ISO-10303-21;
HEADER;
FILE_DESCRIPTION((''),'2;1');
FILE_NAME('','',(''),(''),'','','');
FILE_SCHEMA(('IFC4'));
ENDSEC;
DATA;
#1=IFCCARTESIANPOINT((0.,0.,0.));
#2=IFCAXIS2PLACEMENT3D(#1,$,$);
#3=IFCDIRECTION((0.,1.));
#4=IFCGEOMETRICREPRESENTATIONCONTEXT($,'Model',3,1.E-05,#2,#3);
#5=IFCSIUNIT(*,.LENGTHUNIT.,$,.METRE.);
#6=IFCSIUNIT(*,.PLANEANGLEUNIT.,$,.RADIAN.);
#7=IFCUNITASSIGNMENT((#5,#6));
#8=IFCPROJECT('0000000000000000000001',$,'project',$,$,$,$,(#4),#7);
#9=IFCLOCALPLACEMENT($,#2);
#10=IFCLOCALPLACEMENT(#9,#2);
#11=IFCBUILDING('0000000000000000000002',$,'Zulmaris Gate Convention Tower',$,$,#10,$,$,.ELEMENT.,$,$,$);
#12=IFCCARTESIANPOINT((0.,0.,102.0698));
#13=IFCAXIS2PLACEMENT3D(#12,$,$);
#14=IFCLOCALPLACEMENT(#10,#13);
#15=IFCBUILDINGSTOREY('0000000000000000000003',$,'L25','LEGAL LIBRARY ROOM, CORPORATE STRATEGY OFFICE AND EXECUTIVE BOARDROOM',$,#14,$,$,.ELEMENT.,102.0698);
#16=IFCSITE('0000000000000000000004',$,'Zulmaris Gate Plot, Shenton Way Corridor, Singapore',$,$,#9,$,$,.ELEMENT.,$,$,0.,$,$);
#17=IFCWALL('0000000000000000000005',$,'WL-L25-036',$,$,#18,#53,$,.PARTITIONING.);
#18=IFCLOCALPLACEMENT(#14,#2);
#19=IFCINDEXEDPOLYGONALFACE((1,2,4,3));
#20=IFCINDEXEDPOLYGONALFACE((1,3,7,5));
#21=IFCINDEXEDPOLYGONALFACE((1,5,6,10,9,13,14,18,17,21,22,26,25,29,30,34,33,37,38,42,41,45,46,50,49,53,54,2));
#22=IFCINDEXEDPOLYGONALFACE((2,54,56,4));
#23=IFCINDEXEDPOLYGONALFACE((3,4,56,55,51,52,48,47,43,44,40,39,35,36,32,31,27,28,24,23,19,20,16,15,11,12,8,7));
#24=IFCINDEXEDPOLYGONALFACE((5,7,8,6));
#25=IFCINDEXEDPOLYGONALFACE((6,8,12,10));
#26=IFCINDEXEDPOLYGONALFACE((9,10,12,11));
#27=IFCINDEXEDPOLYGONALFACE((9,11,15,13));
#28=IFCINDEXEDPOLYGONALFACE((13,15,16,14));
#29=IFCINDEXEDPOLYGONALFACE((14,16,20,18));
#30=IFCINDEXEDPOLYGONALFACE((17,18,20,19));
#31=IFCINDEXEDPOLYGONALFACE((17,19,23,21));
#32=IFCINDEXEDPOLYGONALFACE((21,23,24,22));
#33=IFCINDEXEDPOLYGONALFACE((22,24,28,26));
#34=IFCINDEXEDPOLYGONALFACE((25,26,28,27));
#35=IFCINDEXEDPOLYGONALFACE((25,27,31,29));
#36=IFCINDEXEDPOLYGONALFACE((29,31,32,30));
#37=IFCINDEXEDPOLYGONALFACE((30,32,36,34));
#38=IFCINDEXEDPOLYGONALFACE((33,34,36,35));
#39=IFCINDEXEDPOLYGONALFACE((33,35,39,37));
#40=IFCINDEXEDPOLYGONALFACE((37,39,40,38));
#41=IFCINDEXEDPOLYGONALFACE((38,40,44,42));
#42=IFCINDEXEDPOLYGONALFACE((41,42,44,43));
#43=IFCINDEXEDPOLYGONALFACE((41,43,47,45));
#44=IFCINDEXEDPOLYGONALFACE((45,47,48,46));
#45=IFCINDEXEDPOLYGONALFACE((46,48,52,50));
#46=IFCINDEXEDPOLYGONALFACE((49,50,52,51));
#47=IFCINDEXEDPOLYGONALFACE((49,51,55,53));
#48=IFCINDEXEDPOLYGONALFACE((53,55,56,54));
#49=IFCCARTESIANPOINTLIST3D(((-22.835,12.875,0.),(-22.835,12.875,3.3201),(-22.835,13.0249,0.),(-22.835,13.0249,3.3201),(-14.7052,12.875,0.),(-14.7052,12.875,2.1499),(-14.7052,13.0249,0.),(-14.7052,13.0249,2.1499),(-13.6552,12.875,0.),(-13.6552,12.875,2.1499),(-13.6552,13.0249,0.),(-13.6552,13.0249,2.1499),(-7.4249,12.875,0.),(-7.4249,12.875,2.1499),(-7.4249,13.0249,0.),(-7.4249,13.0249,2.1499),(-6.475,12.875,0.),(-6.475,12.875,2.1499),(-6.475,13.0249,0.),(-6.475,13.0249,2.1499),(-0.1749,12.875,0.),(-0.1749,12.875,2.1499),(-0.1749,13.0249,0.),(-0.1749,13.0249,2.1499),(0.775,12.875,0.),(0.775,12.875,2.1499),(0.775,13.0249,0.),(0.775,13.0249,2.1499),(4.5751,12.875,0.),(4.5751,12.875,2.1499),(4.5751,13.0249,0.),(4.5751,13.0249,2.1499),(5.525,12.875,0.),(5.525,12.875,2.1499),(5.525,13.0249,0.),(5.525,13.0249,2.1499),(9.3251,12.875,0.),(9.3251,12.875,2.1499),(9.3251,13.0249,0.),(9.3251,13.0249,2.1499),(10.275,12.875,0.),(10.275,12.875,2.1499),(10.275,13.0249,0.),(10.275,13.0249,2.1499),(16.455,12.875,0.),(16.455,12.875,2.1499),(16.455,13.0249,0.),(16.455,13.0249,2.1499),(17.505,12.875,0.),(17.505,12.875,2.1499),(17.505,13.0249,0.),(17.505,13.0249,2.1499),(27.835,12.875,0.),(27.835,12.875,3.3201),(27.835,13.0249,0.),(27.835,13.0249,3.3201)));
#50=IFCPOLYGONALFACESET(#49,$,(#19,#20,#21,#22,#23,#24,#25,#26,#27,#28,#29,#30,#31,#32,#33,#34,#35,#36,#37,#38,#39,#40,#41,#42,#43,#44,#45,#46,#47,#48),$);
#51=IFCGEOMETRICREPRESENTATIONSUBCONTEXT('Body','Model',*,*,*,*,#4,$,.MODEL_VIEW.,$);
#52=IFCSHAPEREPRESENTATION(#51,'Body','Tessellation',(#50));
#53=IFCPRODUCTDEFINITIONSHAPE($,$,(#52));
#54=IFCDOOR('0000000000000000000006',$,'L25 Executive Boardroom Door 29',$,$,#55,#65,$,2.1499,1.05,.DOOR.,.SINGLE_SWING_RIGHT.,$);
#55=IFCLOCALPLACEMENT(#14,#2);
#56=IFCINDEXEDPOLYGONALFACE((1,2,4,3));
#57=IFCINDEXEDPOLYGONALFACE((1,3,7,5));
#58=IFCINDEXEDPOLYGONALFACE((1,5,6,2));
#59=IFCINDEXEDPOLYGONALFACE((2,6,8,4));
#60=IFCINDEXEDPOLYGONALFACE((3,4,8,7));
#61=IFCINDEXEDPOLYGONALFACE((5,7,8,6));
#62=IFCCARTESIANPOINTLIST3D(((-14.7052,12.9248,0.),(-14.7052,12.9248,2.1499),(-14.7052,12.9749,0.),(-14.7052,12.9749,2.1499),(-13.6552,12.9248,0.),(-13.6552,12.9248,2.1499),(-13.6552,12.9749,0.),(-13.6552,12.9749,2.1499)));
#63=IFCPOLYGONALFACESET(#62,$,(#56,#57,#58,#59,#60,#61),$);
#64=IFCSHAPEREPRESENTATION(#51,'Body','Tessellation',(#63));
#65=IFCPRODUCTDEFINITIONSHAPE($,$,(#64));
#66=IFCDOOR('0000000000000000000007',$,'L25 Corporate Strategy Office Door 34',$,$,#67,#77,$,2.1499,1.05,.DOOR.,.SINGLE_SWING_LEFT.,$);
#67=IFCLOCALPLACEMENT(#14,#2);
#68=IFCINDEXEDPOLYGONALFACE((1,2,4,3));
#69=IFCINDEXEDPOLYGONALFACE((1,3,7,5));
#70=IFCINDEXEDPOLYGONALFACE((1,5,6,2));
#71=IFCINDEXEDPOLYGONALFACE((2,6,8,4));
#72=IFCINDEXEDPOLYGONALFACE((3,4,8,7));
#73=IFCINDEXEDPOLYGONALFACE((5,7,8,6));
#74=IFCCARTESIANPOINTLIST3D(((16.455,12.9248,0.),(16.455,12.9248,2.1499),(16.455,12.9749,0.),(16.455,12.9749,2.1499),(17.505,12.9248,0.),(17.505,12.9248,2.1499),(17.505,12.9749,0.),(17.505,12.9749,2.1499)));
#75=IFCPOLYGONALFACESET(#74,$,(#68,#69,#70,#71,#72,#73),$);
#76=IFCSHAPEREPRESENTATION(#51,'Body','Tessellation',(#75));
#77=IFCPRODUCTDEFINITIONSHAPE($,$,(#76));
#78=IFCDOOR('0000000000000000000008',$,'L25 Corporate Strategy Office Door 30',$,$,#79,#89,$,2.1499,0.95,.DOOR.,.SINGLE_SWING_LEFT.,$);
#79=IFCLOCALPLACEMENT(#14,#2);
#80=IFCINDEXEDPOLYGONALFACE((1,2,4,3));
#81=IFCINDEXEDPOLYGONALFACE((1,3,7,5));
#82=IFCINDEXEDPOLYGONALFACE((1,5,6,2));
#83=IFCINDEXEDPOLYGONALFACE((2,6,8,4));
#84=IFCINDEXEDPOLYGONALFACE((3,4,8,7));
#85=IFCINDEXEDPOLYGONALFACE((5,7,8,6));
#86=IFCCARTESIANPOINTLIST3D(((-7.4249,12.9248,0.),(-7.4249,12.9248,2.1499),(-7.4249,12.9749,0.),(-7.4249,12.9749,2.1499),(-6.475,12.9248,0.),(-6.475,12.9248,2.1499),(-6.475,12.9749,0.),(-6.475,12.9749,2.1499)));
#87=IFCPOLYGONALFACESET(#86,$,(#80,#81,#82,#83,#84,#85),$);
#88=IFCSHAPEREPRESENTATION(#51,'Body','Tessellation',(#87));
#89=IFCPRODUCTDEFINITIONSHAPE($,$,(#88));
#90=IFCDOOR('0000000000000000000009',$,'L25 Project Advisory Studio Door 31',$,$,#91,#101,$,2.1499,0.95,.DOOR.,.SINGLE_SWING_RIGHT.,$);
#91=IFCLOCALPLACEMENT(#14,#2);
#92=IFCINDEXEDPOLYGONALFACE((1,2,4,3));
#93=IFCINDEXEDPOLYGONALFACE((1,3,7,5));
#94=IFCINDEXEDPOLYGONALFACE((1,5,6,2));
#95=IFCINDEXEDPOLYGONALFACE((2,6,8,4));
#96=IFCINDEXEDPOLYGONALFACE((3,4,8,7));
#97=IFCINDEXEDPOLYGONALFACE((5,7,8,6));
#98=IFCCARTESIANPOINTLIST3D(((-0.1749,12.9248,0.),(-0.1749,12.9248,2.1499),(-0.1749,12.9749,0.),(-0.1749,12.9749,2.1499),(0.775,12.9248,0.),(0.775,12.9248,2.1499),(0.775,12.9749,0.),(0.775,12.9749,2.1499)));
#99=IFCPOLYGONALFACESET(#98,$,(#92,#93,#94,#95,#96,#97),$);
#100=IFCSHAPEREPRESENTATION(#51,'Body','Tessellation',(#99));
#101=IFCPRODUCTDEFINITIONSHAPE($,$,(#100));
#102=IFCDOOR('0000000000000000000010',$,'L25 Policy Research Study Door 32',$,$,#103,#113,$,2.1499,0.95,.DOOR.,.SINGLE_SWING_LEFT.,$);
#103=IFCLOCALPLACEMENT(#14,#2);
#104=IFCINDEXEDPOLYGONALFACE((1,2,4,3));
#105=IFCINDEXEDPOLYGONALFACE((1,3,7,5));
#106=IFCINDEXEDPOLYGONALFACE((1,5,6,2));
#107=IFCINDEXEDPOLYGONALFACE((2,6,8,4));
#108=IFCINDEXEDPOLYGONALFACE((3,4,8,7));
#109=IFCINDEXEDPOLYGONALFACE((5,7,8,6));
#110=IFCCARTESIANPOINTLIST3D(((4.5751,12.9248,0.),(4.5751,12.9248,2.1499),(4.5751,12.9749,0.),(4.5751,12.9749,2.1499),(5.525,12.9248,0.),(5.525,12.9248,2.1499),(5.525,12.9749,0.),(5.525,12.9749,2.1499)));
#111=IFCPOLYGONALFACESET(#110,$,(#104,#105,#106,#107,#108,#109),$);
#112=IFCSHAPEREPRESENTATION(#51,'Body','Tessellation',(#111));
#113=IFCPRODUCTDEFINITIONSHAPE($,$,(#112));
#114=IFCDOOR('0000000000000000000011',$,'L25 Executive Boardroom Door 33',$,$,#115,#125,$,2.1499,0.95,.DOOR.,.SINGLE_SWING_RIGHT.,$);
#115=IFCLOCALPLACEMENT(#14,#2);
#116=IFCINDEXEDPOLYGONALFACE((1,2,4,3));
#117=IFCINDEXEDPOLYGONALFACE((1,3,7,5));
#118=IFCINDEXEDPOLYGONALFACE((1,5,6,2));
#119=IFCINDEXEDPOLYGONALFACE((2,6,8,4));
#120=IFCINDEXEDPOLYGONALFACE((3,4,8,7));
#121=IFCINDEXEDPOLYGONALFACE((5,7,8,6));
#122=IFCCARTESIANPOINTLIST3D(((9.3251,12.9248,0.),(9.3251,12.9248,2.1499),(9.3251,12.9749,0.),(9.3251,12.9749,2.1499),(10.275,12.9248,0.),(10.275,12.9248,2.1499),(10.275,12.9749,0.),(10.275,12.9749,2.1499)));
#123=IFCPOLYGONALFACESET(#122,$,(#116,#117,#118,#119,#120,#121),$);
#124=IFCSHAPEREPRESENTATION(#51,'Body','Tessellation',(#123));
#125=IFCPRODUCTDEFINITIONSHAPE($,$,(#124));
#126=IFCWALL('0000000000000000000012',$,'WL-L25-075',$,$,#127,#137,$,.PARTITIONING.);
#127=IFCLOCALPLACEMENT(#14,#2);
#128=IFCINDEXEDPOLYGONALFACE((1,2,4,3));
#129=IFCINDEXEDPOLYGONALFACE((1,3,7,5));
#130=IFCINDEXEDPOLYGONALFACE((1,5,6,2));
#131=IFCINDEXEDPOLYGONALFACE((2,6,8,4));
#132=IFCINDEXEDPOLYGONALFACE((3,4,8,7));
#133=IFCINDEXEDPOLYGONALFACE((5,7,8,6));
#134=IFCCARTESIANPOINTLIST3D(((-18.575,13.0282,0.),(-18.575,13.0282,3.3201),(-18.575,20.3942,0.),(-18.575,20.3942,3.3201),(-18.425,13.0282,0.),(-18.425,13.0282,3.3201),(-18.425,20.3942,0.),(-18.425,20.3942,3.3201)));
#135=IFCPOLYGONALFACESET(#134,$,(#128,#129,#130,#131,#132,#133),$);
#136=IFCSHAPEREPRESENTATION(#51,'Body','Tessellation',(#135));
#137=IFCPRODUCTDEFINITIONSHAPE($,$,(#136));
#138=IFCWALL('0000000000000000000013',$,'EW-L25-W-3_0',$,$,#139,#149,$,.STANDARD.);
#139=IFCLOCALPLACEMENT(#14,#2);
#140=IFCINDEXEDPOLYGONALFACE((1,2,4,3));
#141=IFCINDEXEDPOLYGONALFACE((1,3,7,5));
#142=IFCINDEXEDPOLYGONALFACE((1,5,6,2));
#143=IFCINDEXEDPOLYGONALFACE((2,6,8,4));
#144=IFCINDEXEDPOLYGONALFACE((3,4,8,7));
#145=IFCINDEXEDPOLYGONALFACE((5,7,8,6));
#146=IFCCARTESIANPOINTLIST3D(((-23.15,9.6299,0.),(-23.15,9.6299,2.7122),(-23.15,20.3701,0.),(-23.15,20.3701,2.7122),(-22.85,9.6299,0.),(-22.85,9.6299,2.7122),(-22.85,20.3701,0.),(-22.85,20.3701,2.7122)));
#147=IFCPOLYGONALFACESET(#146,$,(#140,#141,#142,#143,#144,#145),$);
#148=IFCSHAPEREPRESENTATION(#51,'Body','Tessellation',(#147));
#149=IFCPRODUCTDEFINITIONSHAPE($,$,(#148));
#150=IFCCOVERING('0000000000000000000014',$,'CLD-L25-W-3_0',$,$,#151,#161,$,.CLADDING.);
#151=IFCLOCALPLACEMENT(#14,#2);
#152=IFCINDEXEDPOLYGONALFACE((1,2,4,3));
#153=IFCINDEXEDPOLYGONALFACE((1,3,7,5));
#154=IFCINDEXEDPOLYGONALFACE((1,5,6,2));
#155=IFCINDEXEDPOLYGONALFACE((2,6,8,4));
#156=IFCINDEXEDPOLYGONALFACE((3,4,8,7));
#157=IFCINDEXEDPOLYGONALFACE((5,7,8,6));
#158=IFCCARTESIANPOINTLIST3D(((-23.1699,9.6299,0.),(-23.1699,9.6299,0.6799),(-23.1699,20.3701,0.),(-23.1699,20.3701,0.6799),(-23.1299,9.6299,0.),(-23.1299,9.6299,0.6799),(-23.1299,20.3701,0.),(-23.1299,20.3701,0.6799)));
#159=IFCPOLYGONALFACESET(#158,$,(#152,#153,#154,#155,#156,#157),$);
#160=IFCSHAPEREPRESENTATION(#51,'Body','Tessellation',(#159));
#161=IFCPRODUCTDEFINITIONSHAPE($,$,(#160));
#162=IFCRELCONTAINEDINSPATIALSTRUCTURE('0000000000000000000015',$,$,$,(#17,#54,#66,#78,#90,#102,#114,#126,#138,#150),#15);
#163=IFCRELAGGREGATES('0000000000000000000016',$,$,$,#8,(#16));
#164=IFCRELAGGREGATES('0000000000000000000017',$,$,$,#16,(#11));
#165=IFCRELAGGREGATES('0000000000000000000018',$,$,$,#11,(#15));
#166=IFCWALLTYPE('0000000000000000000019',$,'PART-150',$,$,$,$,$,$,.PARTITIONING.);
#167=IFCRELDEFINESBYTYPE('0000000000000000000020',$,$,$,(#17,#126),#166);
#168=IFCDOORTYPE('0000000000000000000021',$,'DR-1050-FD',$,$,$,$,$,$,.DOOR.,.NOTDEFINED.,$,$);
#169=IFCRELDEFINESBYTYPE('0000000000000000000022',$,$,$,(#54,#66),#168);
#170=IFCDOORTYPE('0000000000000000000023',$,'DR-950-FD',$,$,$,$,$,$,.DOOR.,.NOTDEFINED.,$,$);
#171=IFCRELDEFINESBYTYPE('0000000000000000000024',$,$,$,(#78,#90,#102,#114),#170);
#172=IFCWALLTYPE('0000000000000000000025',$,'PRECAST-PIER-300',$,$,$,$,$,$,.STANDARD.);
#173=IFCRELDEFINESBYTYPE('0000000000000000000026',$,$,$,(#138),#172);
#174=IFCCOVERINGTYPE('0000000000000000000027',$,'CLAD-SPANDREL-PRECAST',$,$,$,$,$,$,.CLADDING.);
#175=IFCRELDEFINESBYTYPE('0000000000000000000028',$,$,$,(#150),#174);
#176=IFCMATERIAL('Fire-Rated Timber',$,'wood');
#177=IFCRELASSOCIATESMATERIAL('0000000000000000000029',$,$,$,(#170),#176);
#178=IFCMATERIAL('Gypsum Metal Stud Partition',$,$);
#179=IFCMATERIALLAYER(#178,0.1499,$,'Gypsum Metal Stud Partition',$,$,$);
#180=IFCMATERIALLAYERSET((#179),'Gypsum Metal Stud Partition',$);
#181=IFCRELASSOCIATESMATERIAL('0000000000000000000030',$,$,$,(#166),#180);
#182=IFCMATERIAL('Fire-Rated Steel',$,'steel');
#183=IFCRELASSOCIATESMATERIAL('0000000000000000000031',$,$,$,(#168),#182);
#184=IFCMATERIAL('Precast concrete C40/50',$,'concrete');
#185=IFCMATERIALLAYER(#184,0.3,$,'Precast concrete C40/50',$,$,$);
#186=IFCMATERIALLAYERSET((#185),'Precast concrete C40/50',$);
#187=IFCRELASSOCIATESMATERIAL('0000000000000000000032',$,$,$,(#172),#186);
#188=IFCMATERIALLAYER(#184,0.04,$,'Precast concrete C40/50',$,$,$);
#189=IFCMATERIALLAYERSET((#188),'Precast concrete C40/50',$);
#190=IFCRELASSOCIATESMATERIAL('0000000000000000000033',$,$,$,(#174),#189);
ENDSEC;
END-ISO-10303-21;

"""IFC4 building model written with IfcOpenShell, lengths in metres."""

from ifc_helpers import new_model, si_unit, direction, frame, frame_2d, origin, place, context, subcontext, project, spatial, rectangle, extrude, material, layer, layer_set, type_object, element, fill, save


model = new_model("IFC4")

# Units and contexts
model_context = context("Model", 3, precision=1e-05, world=origin(), true_north=direction((0.0, 1.0)))
body_context = subcontext(model_context, "Body", "Model", "MODEL_VIEW")
ifc_project = project(units=[si_unit("LENGTHUNIT", "METRE"), si_unit("PLANEANGLEUNIT", "RADIAN")], contexts=[model_context])

# Site, building, storey
site_placement = place(None, origin())
site = spatial("IfcSite", under=ifc_project, at=site_placement, Name="Zulmaris Gate Plot, Shenton Way Corridor, Singapore", CompositionType="ELEMENT", RefElevation=0.0)
building_placement = place(site_placement, origin())
building = spatial("IfcBuilding", under=site, at=building_placement, Name="Zulmaris Gate Convention Tower", CompositionType="ELEMENT")
storey_placement = place(building_placement, frame((0.0, 0.0, 102.0698)))
storey = spatial("IfcBuildingStorey", under=building, at=storey_placement, Name="L25", Description="LEGAL LIBRARY ROOM, CORPORATE STRATEGY OFFICE AND EXECUTIVE BOARDROOM", CompositionType="ELEMENT", Elevation=102.0698)

# Shared definitions
ifc_material_1 = material(Name="Fire-Rated Timber", Category="wood")
door_type_1 = type_object("IfcDoorType", Name="DR-950-FD", OperationType="NOTDEFINED", PredefinedType="DOOR", material=ifc_material_1)

# Shared definitions
ifc_material_2 = material(Name="Gypsum Metal Stud Partition")
ifc_layer_1 = layer(ifc_material_2, 0.1499, Name="Gypsum Metal Stud Partition")
ifc_layer_set_1 = layer_set([ifc_layer_1], Name="Gypsum Metal Stud Partition")
wall_type_1 = type_object("IfcWallType", Name="PART-150", PredefinedType="PARTITIONING", material=ifc_layer_set_1)

# Wall, openings, doors
wall_1_placement = place(storey_placement, frame((-22.835, 12.95, 0.0), z_axis=(0.0, 0.0, 1.0), x_axis=(1.0, 0.0, 0.0)))
wall_1 = element("IfcWall", 1, at=wall_1_placement, inside=storey, type_object=wall_type_1, Name="WL-L25-036", PredefinedType="PARTITIONING", context=body_context, shape_type="SweptSolid", body=[
    extrude(rectangle(XDim=50.6699, YDim=0.1499, at=frame_2d((25.335, 0.0))), origin(), (0.0, 0.0, 1.0), 3.3201),
])
opening_1_placement = place(wall_1_placement, frame((8.1299, 0.0, 0.0)))
opening_1 = element("IfcOpeningElement", 2, at=opening_1_placement, cuts=wall_1, PredefinedType="OPENING", context=body_context, shape_type="SweptSolid", body=[
    extrude(rectangle(XDim=1.05, YDim=2.1499, at=frame_2d((0.5249, 1.075))), frame((0.0, 0.085, 0.0), z_axis=(0.0, -1.0, 0.0), x_axis=(1.0, 0.0, 0.0)), (0.0, 0.0, 1.0), 0.1699),
])
opening_2_placement = place(wall_1_placement, frame((15.4099, 0.0, 0.0)))
opening_2 = element("IfcOpeningElement", 3, at=opening_2_placement, cuts=wall_1, PredefinedType="OPENING", context=body_context, shape_type="SweptSolid", body=[
    extrude(rectangle(XDim=0.95, YDim=2.1499, at=frame_2d((0.4751, 1.075))), frame((0.0, 0.085, 0.0), z_axis=(0.0, -1.0, 0.0), x_axis=(1.0, 0.0, 0.0)), (0.0, 0.0, 1.0), 0.1699),
])
opening_3_placement = place(wall_1_placement, frame((22.6599, 0.0, 0.0)))
opening_3 = element("IfcOpeningElement", 4, at=opening_3_placement, cuts=wall_1, PredefinedType="OPENING", context=body_context, shape_type="SweptSolid", body=[
    extrude(rectangle(XDim=0.95, YDim=2.1499, at=frame_2d((0.4751, 1.075))), frame((0.0, 0.085, 0.0), z_axis=(0.0, -1.0, 0.0), x_axis=(1.0, 0.0, 0.0)), (0.0, 0.0, 1.0), 0.1699),
])
opening_4_placement = place(wall_1_placement, frame((27.4099, 0.0, 0.0)))
opening_4 = element("IfcOpeningElement", 5, at=opening_4_placement, cuts=wall_1, PredefinedType="OPENING", context=body_context, shape_type="SweptSolid", body=[
    extrude(rectangle(XDim=0.95, YDim=2.1499, at=frame_2d((0.4751, 1.075))), frame((0.0, 0.085, 0.0), z_axis=(0.0, -1.0, 0.0), x_axis=(1.0, 0.0, 0.0)), (0.0, 0.0, 1.0), 0.1699),
])
opening_5_placement = place(wall_1_placement, frame((32.1599, 0.0, 0.0)))
opening_5 = element("IfcOpeningElement", 6, at=opening_5_placement, cuts=wall_1, PredefinedType="OPENING", context=body_context, shape_type="SweptSolid", body=[
    extrude(rectangle(XDim=0.95, YDim=2.1499, at=frame_2d((0.4751, 1.075))), frame((0.0, 0.085, 0.0), z_axis=(0.0, -1.0, 0.0), x_axis=(1.0, 0.0, 0.0)), (0.0, 0.0, 1.0), 0.1699),
])
opening_6_placement = place(wall_1_placement, frame((39.29, 0.0, 0.0)))
opening_6 = element("IfcOpeningElement", 7, at=opening_6_placement, cuts=wall_1, PredefinedType="OPENING", context=body_context, shape_type="SweptSolid", body=[
    extrude(rectangle(XDim=1.05, YDim=2.1499, at=frame_2d((0.5249, 1.075))), frame((0.0, 0.085, 0.0), z_axis=(0.0, -1.0, 0.0), x_axis=(1.0, 0.0, 0.0)), (0.0, 0.0, 1.0), 0.1699),
])
ifc_material_3 = material(Name="Fire-Rated Steel", Category="steel")
door_type_2 = type_object("IfcDoorType", Name="DR-1050-FD", OperationType="NOTDEFINED", PredefinedType="DOOR", material=ifc_material_3)
door_1_placement = place(opening_1_placement, origin())
door_1 = element("IfcDoor", 8, at=door_1_placement, inside=storey, type_object=door_type_2, Name="L25 Executive Boardroom Door 29", OperationType="SINGLE_SWING_RIGHT", OverallHeight=2.1499, OverallWidth=1.05, PredefinedType="DOOR", context=body_context, shape_type="SweptSolid", body=[
    extrude(rectangle(XDim=1.05, YDim=2.1499, at=frame_2d((0.5249, 1.075))), frame((0.0, 0.0249, 0.0), z_axis=(0.0, -1.0, 0.0), x_axis=(1.0, 0.0, 0.0)), (0.0, 0.0, 1.0), 0.05),
])
fill(opening_1, door_1)
door_2_placement = place(opening_6_placement, origin())
door_2 = element("IfcDoor", 9, at=door_2_placement, inside=storey, type_object=door_type_2, Name="L25 Corporate Strategy Office Door 34", OperationType="SINGLE_SWING_LEFT", OverallHeight=2.1499, OverallWidth=1.05, PredefinedType="DOOR", context=body_context, shape_type="SweptSolid", body=[
    extrude(rectangle(XDim=1.05, YDim=2.1499, at=frame_2d((0.5249, 1.075))), frame((0.0, 0.0249, 0.0), z_axis=(0.0, -1.0, 0.0), x_axis=(1.0, 0.0, 0.0)), (0.0, 0.0, 1.0), 0.05),
])
fill(opening_6, door_2)
door_3_placement = place(opening_2_placement, origin())
door_3 = element("IfcDoor", 10, at=door_3_placement, inside=storey, type_object=door_type_1, Name="L25 Corporate Strategy Office Door 30", OperationType="SINGLE_SWING_LEFT", OverallHeight=2.1499, OverallWidth=0.95, PredefinedType="DOOR", context=body_context, shape_type="SweptSolid", body=[
    extrude(rectangle(XDim=0.95, YDim=2.1499, at=frame_2d((0.4751, 1.075))), frame((0.0, 0.0249, 0.0), z_axis=(0.0, -1.0, 0.0), x_axis=(1.0, 0.0, 0.0)), (0.0, 0.0, 1.0), 0.05),
])
fill(opening_2, door_3)
door_4_placement = place(opening_3_placement, origin())
door_4 = element("IfcDoor", 11, at=door_4_placement, inside=storey, type_object=door_type_1, Name="L25 Project Advisory Studio Door 31", OperationType="SINGLE_SWING_RIGHT", OverallHeight=2.1499, OverallWidth=0.95, PredefinedType="DOOR", context=body_context, shape_type="SweptSolid", body=[
    extrude(rectangle(XDim=0.95, YDim=2.1499, at=frame_2d((0.4751, 1.075))), frame((0.0, 0.0249, 0.0), z_axis=(0.0, -1.0, 0.0), x_axis=(1.0, 0.0, 0.0)), (0.0, 0.0, 1.0), 0.05),
])
fill(opening_3, door_4)
door_5_placement = place(opening_4_placement, origin())
door_5 = element("IfcDoor", 12, at=door_5_placement, inside=storey, type_object=door_type_1, Name="L25 Policy Research Study Door 32", OperationType="SINGLE_SWING_LEFT", OverallHeight=2.1499, OverallWidth=0.95, PredefinedType="DOOR", context=body_context, shape_type="SweptSolid", body=[
    extrude(rectangle(XDim=0.95, YDim=2.1499, at=frame_2d((0.4751, 1.075))), frame((0.0, 0.0249, 0.0), z_axis=(0.0, -1.0, 0.0), x_axis=(1.0, 0.0, 0.0)), (0.0, 0.0, 1.0), 0.05),
])
fill(opening_4, door_5)
door_6_placement = place(opening_5_placement, origin())
door_6 = element("IfcDoor", 13, at=door_6_placement, inside=storey, type_object=door_type_1, Name="L25 Executive Boardroom Door 33", OperationType="SINGLE_SWING_RIGHT", OverallHeight=2.1499, OverallWidth=0.95, PredefinedType="DOOR", context=body_context, shape_type="SweptSolid", body=[
    extrude(rectangle(XDim=0.95, YDim=2.1499, at=frame_2d((0.4751, 1.075))), frame((0.0, 0.0249, 0.0), z_axis=(0.0, -1.0, 0.0), x_axis=(1.0, 0.0, 0.0)), (0.0, 0.0, 1.0), 0.05),
])
fill(opening_5, door_6)

# Walls
wall_2_placement = place(storey_placement, frame((-18.5, 13.0281, 0.0), z_axis=(0.0, 0.0, 1.0), x_axis=(0.0, 1.0, 0.0)))
element("IfcWall", 14, at=wall_2_placement, inside=storey, type_object=wall_type_1, Name="WL-L25-075", PredefinedType="PARTITIONING", context=body_context, shape_type="SweptSolid", body=[
    extrude(rectangle(XDim=7.366, YDim=0.1499, at=frame_2d((3.6831, 0.0))), origin(), (0.0, 0.0, 1.0), 3.3201),
])
ifc_material_4 = material(Name="Precast concrete C40/50", Category="concrete")
ifc_layer_2 = layer(ifc_material_4, 0.3, Name="Precast concrete C40/50")
ifc_layer_set_2 = layer_set([ifc_layer_2], Name="Precast concrete C40/50")
wall_type_2 = type_object("IfcWallType", Name="PRECAST-PIER-300", PredefinedType="STANDARD", material=ifc_layer_set_2)
wall_3_placement = place(storey_placement, frame((-23.0, 20.3701, 0.0), z_axis=(0.0, 0.0, 1.0), x_axis=(0.0, -1.0, 0.0)))
element("IfcWall", 15, at=wall_3_placement, inside=storey, type_object=wall_type_2, Name="EW-L25-W-3_0", PredefinedType="STANDARD", context=body_context, shape_type="SweptSolid", body=[
    extrude(rectangle(XDim=10.7402, YDim=0.3, at=frame_2d((5.3701, 0.0))), origin(), (0.0, 0.0, 1.0), 2.7122),
])

# Covering
ifc_layer_3 = layer(ifc_material_4, 0.04, Name="Precast concrete C40/50")
ifc_layer_set_3 = layer_set([ifc_layer_3], Name="Precast concrete C40/50")
covering_type = type_object("IfcCoveringType", Name="CLAD-SPANDREL-PRECAST", PredefinedType="CLADDING", material=ifc_layer_set_3)
covering_placement = place(storey_placement, frame((-23.1499, 20.3701, 0.0), z_axis=(0.0, 0.0, 1.0), x_axis=(0.0, -1.0, 0.0)))
element("IfcCovering", 16, at=covering_placement, inside=storey, type_object=covering_type, Name="CLD-L25-W-3_0", PredefinedType="CLADDING", context=body_context, shape_type="SweptSolid", body=[
    extrude(rectangle(XDim=10.7402, YDim=0.04, at=frame_2d((5.3701, 0.0))), origin(), (0.0, 0.0, 1.0), 0.6799),
])

save(model, "model.ifc")
